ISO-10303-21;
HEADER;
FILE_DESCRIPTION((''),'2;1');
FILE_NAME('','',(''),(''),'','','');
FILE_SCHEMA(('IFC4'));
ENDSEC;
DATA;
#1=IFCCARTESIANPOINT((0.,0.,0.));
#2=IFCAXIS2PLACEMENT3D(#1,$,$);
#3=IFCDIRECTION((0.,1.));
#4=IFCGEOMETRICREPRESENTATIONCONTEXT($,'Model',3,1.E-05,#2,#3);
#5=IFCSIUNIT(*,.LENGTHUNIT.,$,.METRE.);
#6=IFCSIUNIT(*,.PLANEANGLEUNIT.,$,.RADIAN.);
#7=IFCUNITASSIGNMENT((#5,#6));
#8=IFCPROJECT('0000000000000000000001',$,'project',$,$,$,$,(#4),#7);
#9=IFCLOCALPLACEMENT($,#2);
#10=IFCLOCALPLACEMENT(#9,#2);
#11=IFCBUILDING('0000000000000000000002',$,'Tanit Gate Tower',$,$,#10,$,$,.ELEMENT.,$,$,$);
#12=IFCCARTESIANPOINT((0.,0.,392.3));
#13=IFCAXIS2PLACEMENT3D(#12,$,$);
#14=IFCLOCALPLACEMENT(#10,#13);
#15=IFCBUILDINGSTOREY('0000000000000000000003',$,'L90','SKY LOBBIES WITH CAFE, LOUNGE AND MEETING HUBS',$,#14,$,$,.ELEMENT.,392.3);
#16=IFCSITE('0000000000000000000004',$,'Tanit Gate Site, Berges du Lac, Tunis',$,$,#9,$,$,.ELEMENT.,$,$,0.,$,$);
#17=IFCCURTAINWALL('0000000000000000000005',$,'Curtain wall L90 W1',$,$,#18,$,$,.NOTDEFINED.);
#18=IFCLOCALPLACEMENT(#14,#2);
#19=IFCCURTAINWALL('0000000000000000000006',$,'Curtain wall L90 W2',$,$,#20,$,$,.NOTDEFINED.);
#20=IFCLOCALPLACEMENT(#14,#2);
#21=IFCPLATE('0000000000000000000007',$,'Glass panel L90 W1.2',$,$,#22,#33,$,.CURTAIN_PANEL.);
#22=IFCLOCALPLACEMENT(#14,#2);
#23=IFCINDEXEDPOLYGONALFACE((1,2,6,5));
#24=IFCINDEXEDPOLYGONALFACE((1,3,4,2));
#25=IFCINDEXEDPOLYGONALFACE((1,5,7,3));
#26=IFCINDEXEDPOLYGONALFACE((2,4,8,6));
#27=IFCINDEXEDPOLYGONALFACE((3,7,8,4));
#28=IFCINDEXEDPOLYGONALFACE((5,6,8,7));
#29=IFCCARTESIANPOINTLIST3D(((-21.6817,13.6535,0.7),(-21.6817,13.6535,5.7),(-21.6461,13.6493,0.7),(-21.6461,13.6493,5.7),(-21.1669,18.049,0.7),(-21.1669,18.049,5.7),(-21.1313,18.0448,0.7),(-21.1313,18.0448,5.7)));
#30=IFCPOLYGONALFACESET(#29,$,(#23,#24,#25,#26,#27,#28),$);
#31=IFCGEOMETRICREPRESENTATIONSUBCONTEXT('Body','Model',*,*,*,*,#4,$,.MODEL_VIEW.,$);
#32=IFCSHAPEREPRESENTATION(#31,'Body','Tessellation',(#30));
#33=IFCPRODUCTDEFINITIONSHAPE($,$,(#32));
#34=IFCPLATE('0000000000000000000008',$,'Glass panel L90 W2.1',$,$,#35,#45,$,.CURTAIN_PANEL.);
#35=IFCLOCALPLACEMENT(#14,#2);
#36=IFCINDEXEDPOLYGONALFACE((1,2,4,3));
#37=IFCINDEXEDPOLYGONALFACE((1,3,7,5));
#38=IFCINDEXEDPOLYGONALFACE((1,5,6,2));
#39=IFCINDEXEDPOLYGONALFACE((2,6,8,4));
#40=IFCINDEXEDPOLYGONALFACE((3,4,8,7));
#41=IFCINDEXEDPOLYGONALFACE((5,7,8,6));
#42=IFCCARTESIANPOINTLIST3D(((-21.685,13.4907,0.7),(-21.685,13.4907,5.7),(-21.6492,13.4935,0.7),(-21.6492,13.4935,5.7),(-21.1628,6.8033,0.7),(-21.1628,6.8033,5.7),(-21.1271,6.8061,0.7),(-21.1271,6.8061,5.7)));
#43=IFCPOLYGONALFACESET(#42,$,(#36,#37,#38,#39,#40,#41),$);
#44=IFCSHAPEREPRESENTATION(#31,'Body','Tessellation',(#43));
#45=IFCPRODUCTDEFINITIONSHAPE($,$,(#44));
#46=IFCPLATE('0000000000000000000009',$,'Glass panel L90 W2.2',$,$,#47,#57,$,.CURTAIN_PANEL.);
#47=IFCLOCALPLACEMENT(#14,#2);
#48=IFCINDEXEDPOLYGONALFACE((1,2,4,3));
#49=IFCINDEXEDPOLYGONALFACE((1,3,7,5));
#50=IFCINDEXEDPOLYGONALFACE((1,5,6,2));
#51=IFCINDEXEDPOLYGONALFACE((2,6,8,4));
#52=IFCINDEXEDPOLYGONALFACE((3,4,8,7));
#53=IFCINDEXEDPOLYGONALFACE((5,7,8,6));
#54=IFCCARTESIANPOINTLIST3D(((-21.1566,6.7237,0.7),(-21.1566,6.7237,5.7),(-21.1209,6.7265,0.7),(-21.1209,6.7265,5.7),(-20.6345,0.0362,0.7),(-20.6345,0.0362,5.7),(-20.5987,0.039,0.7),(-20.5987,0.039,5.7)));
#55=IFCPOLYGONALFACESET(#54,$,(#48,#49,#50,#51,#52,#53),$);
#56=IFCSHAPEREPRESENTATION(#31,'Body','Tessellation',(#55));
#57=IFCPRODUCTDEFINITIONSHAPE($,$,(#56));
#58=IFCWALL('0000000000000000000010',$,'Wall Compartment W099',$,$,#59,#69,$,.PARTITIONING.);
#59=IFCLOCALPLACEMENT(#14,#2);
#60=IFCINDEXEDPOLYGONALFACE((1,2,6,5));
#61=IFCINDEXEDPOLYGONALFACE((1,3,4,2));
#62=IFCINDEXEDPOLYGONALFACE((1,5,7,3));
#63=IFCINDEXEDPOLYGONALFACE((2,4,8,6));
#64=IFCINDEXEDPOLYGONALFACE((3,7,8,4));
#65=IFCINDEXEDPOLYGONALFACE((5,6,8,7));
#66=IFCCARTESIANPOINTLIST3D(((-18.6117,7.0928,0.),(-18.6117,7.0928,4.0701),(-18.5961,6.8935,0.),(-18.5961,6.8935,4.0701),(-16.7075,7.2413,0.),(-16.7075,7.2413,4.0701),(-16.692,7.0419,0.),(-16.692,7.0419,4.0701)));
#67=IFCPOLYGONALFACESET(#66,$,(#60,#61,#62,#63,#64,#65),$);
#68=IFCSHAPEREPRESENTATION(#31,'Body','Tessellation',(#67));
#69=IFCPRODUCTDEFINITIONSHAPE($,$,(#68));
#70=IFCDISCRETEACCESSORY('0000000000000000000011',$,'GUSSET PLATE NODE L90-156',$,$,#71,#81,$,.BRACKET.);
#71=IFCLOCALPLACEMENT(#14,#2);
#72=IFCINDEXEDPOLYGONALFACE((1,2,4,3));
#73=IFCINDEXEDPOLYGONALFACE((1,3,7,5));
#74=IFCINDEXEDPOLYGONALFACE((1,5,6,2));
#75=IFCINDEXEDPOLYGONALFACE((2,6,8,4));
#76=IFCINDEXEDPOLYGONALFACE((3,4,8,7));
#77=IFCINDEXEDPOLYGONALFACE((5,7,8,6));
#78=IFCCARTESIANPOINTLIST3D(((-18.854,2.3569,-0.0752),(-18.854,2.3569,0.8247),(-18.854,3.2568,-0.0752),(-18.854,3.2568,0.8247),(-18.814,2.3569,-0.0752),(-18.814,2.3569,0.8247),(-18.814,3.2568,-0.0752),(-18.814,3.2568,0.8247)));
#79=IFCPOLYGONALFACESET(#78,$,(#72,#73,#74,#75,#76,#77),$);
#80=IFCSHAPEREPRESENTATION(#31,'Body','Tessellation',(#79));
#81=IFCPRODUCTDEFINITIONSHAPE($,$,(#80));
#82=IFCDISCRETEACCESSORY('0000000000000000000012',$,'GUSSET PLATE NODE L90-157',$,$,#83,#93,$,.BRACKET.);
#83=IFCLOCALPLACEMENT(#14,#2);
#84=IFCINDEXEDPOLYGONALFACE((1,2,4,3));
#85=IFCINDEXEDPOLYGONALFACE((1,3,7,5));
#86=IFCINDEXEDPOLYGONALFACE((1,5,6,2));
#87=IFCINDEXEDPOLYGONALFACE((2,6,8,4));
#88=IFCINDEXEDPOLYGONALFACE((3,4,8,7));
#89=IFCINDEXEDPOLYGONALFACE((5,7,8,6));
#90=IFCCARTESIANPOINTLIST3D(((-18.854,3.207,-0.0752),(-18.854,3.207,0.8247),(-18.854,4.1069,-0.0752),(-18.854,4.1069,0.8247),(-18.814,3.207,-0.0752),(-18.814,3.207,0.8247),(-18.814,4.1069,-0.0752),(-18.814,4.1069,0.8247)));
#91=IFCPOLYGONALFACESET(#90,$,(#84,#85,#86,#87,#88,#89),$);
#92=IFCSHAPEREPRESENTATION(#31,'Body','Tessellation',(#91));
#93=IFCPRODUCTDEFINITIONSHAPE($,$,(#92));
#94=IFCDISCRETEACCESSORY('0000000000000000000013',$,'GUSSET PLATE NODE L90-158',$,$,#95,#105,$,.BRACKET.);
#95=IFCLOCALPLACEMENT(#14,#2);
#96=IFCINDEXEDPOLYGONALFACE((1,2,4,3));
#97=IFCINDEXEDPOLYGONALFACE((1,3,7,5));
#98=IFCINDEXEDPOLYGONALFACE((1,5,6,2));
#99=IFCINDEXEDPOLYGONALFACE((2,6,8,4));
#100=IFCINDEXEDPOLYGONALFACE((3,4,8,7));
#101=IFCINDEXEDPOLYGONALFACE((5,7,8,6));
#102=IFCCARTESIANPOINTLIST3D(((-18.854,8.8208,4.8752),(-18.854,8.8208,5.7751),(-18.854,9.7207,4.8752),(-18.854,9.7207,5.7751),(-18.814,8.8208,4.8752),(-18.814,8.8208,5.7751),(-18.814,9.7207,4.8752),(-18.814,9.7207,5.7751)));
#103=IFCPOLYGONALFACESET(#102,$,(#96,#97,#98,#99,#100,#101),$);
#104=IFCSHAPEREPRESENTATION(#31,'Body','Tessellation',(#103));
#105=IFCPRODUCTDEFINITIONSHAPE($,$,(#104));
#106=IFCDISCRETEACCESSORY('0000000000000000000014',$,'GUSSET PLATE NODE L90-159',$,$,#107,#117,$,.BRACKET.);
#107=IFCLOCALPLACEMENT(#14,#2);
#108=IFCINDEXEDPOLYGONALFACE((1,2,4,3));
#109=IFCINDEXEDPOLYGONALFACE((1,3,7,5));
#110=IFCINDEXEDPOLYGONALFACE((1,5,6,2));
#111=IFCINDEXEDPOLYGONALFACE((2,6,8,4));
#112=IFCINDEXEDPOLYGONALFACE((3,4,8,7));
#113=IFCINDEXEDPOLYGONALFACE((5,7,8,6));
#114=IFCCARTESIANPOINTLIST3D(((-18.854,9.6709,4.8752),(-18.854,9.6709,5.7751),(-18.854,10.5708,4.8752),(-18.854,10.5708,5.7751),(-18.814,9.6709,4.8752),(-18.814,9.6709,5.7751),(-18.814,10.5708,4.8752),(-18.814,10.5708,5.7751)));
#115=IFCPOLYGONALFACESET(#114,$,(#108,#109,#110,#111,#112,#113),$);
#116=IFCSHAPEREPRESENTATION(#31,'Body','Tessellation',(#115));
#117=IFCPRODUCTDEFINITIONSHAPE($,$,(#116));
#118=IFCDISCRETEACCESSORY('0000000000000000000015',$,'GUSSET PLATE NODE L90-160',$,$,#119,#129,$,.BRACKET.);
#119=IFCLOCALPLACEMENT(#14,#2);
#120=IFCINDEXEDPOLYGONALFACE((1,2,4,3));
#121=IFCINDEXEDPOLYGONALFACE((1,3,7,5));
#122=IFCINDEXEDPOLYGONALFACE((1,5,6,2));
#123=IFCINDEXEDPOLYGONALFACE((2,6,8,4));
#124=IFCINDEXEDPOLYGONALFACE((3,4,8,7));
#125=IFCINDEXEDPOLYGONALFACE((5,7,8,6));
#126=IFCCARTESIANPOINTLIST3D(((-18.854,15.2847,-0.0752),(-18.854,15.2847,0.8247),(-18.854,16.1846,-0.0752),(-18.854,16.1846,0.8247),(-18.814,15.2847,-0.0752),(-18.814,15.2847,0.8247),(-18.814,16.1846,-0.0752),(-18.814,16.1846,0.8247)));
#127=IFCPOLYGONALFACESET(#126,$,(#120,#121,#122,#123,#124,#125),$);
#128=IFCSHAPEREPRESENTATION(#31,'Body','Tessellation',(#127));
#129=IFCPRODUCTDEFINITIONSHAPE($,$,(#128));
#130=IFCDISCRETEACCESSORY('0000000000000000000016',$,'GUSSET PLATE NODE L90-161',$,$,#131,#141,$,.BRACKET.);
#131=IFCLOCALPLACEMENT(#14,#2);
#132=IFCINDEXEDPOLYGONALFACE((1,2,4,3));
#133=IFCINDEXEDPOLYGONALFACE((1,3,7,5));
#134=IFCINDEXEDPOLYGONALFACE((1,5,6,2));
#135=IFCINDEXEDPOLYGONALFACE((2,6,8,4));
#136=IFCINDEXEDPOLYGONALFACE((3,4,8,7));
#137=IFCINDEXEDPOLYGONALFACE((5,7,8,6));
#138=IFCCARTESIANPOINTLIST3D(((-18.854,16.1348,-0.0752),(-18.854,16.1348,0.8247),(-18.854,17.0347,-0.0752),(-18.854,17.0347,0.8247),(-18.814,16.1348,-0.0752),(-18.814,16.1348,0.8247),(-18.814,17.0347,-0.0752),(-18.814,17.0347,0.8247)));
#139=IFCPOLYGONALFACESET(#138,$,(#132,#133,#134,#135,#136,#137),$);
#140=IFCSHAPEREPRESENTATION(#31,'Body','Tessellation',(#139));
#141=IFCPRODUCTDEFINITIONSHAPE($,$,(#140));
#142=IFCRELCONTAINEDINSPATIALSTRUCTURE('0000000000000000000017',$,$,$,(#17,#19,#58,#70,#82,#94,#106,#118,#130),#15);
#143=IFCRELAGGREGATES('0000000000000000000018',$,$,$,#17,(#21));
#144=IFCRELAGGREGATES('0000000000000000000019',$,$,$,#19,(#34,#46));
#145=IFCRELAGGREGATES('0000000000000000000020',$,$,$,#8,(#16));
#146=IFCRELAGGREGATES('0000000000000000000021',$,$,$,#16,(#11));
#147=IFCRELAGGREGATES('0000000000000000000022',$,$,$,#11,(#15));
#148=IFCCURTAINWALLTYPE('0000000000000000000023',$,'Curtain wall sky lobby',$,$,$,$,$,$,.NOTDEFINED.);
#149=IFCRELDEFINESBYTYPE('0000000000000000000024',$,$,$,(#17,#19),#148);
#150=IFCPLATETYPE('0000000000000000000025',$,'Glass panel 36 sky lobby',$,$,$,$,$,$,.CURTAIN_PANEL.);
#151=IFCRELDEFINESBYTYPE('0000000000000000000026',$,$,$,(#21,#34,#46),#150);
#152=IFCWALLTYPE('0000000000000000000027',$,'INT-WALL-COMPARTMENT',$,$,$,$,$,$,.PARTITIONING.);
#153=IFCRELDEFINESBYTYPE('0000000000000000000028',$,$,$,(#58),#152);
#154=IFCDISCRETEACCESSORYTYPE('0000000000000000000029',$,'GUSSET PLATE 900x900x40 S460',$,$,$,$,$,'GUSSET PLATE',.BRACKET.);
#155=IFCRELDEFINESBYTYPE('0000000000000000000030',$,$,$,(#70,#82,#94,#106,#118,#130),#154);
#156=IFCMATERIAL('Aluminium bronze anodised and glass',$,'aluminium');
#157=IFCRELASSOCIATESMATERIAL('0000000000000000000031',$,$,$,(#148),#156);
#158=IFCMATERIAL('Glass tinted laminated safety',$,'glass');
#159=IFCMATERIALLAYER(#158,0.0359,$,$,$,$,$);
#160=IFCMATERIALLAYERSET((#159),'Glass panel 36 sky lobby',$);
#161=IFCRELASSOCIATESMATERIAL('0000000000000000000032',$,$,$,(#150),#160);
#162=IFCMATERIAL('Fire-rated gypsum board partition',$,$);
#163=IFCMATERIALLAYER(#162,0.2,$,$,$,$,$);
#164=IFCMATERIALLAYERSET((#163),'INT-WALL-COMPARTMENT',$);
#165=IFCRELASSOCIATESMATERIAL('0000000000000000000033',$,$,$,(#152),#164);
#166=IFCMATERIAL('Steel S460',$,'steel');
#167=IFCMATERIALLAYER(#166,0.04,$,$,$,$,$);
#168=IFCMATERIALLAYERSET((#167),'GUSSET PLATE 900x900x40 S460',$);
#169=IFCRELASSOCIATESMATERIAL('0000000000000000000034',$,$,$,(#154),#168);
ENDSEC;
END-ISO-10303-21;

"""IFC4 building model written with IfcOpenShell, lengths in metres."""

from ifc_helpers import new_model, si_unit, direction, frame, frame_2d, origin, origin_2d, place, context, subcontext, project, spatial, rectangle, extrude, material, layer, layer_set, type_object, element, aggregate, save


model = new_model("IFC4")

# Units and contexts
model_context = context("Model", 3, precision=1e-05, world=origin(), true_north=direction((0.0, 1.0)))
body_context = subcontext(model_context, "Body", "Model", "MODEL_VIEW")
ifc_project = project(units=[si_unit("LENGTHUNIT", "METRE"), si_unit("PLANEANGLEUNIT", "RADIAN")], contexts=[model_context])

# Site, building, storey
site_placement = place(None, origin())
site = spatial("IfcSite", under=ifc_project, at=site_placement, Name="Tanit Gate Site, Berges du Lac, Tunis", CompositionType="ELEMENT", RefElevation=0.0)
building_placement = place(site_placement, origin())
building = spatial("IfcBuilding", under=site, at=building_placement, Name="Tanit Gate Tower", CompositionType="ELEMENT")
storey_placement = place(building_placement, frame((0.0, 0.0, 392.3)))
storey = spatial("IfcBuildingStorey", under=building, at=storey_placement, Name="L90", Description="SKY LOBBIES WITH CAFE, LOUNGE AND MEETING HUBS", CompositionType="ELEMENT", Elevation=392.3)

# Curtain wall
ifc_material_1 = material(Name="Aluminium bronze anodised and glass", Category="aluminium")
curtain_wall_type = type_object("IfcCurtainWallType", Name="Curtain wall sky lobby", PredefinedType="NOTDEFINED", material=ifc_material_1)
curtain_wall_1_placement = place(storey_placement, origin())
curtain_wall_1 = element("IfcCurtainWall", 1, at=curtain_wall_1_placement, inside=storey, type_object=curtain_wall_type, Name="Curtain wall L90 W1", PredefinedType="NOTDEFINED")

# Curtain wall
curtain_wall_2_placement = place(storey_placement, origin())
curtain_wall_2 = element("IfcCurtainWall", 2, at=curtain_wall_2_placement, inside=storey, type_object=curtain_wall_type, Name="Curtain wall L90 W2", PredefinedType="NOTDEFINED")

# Plates
ifc_material_2 = material(Name="Glass tinted laminated safety", Category="glass")
ifc_layer_1 = layer(ifc_material_2, 0.0359)
ifc_layer_set_1 = layer_set([ifc_layer_1], Name="Glass panel 36 sky lobby")
plate_type = type_object("IfcPlateType", Name="Glass panel 36 sky lobby", PredefinedType="CURTAIN_PANEL", material=ifc_layer_set_1)
plate_1_placement = place(storey_placement, frame((-21.4065, 15.8491, 0.7), z_axis=(0.0, 0.0, 1.0), x_axis=(-0.116318, -0.993212, 0.0)))
plate_1 = element("IfcPlate", 3, at=plate_1_placement, type_object=plate_type, Name="Glass panel L90 W1.2", PredefinedType="CURTAIN_PANEL", context=body_context, shape_type="SweptSolid", body=[
    extrude(rectangle(XDim=4.4255, YDim=0.0359, at=origin_2d()), origin(), (0.0, 0.0, 1.0), 5.0),
])
aggregate(curtain_wall_1, [plate_1])
plate_2_placement = place(storey_placement, frame((-21.406, 10.1484, 0.7), z_axis=(0.0, 0.0, 1.0), x_axis=(0.077839, -0.996966, 0.0)))
plate_2 = element("IfcPlate", 4, at=plate_2_placement, type_object=plate_type, Name="Glass panel L90 W2.1", PredefinedType="CURTAIN_PANEL", context=body_context, shape_type="SweptSolid", body=[
    extrude(rectangle(XDim=6.7078, YDim=0.0359, at=origin_2d()), origin(), (0.0, 0.0, 1.0), 5.0),
])
plate_3_placement = place(storey_placement, frame((-20.8777, 3.3813, 0.7), z_axis=(0.0, 0.0, 1.0), x_axis=(0.077839, -0.996966, 0.0)))
plate_3 = element("IfcPlate", 5, at=plate_3_placement, type_object=plate_type, Name="Glass panel L90 W2.2", PredefinedType="CURTAIN_PANEL", context=body_context, shape_type="SweptSolid", body=[
    extrude(rectangle(XDim=6.7078, YDim=0.0359, at=origin_2d()), origin(), (0.0, 0.0, 1.0), 5.0),
])
aggregate(curtain_wall_2, [plate_2, plate_3])

# Wall
ifc_material_3 = material(Name="Fire-rated gypsum board partition")
ifc_layer_2 = layer(ifc_material_3, 0.2)
ifc_layer_set_2 = layer_set([ifc_layer_2], Name="INT-WALL-COMPARTMENT")
wall_type = type_object("IfcWallType", Name="INT-WALL-COMPARTMENT", PredefinedType="PARTITIONING", material=ifc_layer_set_2)
wall_placement = place(storey_placement, frame((-18.604, 6.9932, 0.0), z_axis=(0.0, 0.0, 1.0), x_axis=(0.996975, 0.077723, 0.0)))
element("IfcWall", 6, at=wall_placement, inside=storey, type_object=wall_type, Name="Wall Compartment W099", PredefinedType="PARTITIONING", context=body_context, shape_type="SweptSolid", body=[
    extrude(rectangle(XDim=1.9099, YDim=0.2, at=frame_2d((0.9551, 0.0))), origin(), (0.0, 0.0, 1.0), 4.0701),
])

# Discrete accessories
ifc_material_4 = material(Name="Steel S460", Category="steel")
ifc_layer_3 = layer(ifc_material_4, 0.04)
ifc_layer_set_3 = layer_set([ifc_layer_3], Name="GUSSET PLATE 900x900x40 S460")
discrete_accessory_type = type_object("IfcDiscreteAccessoryType", Name="GUSSET PLATE 900x900x40 S460", ElementType="GUSSET PLATE", PredefinedType="BRACKET", material=ifc_layer_set_3)
for number, where, z_axis, x_axis, name in (
    (7, (-18.834, 2.8069, -0.0752), (0.0, 0.0, 1.0), (0.0, -1.0, 0.0), "GUSSET PLATE NODE L90-156"),
    (8, (-18.834, 3.657, -0.0752), (0.0, 0.0, 1.0), (0.0, 1.0, 0.0), "GUSSET PLATE NODE L90-157"),
    (9, (-18.834, 9.2708, 4.8752), (0.0, 0.0, 1.0), (0.0, -1.0, 0.0), "GUSSET PLATE NODE L90-158"),
    (10, (-18.834, 10.1208, 4.8752), (0.0, 0.0, 1.0), (0.0, 1.0, 0.0), "GUSSET PLATE NODE L90-159"),
    (11, (-18.834, 15.7346, -0.0752), (0.0, 0.0, 1.0), (0.0, -1.0, 0.0), "GUSSET PLATE NODE L90-160"),
    (12, (-18.834, 16.5847, -0.0752), (0.0, 0.0, 1.0), (0.0, 1.0, 0.0), "GUSSET PLATE NODE L90-161"),
):
    element("IfcDiscreteAccessory", number, at=place(storey_placement, frame(where, z_axis=z_axis, x_axis=x_axis)), inside=storey, type_object=discrete_accessory_type, Name=name, PredefinedType="BRACKET", context=body_context, shape_type="SweptSolid", body=[
        extrude(rectangle(XDim=0.8999, YDim=0.04, at=origin_2d()), origin(), (0.0, 0.0, 1.0), 0.8999),
    ])

save(model, "model.ifc")
